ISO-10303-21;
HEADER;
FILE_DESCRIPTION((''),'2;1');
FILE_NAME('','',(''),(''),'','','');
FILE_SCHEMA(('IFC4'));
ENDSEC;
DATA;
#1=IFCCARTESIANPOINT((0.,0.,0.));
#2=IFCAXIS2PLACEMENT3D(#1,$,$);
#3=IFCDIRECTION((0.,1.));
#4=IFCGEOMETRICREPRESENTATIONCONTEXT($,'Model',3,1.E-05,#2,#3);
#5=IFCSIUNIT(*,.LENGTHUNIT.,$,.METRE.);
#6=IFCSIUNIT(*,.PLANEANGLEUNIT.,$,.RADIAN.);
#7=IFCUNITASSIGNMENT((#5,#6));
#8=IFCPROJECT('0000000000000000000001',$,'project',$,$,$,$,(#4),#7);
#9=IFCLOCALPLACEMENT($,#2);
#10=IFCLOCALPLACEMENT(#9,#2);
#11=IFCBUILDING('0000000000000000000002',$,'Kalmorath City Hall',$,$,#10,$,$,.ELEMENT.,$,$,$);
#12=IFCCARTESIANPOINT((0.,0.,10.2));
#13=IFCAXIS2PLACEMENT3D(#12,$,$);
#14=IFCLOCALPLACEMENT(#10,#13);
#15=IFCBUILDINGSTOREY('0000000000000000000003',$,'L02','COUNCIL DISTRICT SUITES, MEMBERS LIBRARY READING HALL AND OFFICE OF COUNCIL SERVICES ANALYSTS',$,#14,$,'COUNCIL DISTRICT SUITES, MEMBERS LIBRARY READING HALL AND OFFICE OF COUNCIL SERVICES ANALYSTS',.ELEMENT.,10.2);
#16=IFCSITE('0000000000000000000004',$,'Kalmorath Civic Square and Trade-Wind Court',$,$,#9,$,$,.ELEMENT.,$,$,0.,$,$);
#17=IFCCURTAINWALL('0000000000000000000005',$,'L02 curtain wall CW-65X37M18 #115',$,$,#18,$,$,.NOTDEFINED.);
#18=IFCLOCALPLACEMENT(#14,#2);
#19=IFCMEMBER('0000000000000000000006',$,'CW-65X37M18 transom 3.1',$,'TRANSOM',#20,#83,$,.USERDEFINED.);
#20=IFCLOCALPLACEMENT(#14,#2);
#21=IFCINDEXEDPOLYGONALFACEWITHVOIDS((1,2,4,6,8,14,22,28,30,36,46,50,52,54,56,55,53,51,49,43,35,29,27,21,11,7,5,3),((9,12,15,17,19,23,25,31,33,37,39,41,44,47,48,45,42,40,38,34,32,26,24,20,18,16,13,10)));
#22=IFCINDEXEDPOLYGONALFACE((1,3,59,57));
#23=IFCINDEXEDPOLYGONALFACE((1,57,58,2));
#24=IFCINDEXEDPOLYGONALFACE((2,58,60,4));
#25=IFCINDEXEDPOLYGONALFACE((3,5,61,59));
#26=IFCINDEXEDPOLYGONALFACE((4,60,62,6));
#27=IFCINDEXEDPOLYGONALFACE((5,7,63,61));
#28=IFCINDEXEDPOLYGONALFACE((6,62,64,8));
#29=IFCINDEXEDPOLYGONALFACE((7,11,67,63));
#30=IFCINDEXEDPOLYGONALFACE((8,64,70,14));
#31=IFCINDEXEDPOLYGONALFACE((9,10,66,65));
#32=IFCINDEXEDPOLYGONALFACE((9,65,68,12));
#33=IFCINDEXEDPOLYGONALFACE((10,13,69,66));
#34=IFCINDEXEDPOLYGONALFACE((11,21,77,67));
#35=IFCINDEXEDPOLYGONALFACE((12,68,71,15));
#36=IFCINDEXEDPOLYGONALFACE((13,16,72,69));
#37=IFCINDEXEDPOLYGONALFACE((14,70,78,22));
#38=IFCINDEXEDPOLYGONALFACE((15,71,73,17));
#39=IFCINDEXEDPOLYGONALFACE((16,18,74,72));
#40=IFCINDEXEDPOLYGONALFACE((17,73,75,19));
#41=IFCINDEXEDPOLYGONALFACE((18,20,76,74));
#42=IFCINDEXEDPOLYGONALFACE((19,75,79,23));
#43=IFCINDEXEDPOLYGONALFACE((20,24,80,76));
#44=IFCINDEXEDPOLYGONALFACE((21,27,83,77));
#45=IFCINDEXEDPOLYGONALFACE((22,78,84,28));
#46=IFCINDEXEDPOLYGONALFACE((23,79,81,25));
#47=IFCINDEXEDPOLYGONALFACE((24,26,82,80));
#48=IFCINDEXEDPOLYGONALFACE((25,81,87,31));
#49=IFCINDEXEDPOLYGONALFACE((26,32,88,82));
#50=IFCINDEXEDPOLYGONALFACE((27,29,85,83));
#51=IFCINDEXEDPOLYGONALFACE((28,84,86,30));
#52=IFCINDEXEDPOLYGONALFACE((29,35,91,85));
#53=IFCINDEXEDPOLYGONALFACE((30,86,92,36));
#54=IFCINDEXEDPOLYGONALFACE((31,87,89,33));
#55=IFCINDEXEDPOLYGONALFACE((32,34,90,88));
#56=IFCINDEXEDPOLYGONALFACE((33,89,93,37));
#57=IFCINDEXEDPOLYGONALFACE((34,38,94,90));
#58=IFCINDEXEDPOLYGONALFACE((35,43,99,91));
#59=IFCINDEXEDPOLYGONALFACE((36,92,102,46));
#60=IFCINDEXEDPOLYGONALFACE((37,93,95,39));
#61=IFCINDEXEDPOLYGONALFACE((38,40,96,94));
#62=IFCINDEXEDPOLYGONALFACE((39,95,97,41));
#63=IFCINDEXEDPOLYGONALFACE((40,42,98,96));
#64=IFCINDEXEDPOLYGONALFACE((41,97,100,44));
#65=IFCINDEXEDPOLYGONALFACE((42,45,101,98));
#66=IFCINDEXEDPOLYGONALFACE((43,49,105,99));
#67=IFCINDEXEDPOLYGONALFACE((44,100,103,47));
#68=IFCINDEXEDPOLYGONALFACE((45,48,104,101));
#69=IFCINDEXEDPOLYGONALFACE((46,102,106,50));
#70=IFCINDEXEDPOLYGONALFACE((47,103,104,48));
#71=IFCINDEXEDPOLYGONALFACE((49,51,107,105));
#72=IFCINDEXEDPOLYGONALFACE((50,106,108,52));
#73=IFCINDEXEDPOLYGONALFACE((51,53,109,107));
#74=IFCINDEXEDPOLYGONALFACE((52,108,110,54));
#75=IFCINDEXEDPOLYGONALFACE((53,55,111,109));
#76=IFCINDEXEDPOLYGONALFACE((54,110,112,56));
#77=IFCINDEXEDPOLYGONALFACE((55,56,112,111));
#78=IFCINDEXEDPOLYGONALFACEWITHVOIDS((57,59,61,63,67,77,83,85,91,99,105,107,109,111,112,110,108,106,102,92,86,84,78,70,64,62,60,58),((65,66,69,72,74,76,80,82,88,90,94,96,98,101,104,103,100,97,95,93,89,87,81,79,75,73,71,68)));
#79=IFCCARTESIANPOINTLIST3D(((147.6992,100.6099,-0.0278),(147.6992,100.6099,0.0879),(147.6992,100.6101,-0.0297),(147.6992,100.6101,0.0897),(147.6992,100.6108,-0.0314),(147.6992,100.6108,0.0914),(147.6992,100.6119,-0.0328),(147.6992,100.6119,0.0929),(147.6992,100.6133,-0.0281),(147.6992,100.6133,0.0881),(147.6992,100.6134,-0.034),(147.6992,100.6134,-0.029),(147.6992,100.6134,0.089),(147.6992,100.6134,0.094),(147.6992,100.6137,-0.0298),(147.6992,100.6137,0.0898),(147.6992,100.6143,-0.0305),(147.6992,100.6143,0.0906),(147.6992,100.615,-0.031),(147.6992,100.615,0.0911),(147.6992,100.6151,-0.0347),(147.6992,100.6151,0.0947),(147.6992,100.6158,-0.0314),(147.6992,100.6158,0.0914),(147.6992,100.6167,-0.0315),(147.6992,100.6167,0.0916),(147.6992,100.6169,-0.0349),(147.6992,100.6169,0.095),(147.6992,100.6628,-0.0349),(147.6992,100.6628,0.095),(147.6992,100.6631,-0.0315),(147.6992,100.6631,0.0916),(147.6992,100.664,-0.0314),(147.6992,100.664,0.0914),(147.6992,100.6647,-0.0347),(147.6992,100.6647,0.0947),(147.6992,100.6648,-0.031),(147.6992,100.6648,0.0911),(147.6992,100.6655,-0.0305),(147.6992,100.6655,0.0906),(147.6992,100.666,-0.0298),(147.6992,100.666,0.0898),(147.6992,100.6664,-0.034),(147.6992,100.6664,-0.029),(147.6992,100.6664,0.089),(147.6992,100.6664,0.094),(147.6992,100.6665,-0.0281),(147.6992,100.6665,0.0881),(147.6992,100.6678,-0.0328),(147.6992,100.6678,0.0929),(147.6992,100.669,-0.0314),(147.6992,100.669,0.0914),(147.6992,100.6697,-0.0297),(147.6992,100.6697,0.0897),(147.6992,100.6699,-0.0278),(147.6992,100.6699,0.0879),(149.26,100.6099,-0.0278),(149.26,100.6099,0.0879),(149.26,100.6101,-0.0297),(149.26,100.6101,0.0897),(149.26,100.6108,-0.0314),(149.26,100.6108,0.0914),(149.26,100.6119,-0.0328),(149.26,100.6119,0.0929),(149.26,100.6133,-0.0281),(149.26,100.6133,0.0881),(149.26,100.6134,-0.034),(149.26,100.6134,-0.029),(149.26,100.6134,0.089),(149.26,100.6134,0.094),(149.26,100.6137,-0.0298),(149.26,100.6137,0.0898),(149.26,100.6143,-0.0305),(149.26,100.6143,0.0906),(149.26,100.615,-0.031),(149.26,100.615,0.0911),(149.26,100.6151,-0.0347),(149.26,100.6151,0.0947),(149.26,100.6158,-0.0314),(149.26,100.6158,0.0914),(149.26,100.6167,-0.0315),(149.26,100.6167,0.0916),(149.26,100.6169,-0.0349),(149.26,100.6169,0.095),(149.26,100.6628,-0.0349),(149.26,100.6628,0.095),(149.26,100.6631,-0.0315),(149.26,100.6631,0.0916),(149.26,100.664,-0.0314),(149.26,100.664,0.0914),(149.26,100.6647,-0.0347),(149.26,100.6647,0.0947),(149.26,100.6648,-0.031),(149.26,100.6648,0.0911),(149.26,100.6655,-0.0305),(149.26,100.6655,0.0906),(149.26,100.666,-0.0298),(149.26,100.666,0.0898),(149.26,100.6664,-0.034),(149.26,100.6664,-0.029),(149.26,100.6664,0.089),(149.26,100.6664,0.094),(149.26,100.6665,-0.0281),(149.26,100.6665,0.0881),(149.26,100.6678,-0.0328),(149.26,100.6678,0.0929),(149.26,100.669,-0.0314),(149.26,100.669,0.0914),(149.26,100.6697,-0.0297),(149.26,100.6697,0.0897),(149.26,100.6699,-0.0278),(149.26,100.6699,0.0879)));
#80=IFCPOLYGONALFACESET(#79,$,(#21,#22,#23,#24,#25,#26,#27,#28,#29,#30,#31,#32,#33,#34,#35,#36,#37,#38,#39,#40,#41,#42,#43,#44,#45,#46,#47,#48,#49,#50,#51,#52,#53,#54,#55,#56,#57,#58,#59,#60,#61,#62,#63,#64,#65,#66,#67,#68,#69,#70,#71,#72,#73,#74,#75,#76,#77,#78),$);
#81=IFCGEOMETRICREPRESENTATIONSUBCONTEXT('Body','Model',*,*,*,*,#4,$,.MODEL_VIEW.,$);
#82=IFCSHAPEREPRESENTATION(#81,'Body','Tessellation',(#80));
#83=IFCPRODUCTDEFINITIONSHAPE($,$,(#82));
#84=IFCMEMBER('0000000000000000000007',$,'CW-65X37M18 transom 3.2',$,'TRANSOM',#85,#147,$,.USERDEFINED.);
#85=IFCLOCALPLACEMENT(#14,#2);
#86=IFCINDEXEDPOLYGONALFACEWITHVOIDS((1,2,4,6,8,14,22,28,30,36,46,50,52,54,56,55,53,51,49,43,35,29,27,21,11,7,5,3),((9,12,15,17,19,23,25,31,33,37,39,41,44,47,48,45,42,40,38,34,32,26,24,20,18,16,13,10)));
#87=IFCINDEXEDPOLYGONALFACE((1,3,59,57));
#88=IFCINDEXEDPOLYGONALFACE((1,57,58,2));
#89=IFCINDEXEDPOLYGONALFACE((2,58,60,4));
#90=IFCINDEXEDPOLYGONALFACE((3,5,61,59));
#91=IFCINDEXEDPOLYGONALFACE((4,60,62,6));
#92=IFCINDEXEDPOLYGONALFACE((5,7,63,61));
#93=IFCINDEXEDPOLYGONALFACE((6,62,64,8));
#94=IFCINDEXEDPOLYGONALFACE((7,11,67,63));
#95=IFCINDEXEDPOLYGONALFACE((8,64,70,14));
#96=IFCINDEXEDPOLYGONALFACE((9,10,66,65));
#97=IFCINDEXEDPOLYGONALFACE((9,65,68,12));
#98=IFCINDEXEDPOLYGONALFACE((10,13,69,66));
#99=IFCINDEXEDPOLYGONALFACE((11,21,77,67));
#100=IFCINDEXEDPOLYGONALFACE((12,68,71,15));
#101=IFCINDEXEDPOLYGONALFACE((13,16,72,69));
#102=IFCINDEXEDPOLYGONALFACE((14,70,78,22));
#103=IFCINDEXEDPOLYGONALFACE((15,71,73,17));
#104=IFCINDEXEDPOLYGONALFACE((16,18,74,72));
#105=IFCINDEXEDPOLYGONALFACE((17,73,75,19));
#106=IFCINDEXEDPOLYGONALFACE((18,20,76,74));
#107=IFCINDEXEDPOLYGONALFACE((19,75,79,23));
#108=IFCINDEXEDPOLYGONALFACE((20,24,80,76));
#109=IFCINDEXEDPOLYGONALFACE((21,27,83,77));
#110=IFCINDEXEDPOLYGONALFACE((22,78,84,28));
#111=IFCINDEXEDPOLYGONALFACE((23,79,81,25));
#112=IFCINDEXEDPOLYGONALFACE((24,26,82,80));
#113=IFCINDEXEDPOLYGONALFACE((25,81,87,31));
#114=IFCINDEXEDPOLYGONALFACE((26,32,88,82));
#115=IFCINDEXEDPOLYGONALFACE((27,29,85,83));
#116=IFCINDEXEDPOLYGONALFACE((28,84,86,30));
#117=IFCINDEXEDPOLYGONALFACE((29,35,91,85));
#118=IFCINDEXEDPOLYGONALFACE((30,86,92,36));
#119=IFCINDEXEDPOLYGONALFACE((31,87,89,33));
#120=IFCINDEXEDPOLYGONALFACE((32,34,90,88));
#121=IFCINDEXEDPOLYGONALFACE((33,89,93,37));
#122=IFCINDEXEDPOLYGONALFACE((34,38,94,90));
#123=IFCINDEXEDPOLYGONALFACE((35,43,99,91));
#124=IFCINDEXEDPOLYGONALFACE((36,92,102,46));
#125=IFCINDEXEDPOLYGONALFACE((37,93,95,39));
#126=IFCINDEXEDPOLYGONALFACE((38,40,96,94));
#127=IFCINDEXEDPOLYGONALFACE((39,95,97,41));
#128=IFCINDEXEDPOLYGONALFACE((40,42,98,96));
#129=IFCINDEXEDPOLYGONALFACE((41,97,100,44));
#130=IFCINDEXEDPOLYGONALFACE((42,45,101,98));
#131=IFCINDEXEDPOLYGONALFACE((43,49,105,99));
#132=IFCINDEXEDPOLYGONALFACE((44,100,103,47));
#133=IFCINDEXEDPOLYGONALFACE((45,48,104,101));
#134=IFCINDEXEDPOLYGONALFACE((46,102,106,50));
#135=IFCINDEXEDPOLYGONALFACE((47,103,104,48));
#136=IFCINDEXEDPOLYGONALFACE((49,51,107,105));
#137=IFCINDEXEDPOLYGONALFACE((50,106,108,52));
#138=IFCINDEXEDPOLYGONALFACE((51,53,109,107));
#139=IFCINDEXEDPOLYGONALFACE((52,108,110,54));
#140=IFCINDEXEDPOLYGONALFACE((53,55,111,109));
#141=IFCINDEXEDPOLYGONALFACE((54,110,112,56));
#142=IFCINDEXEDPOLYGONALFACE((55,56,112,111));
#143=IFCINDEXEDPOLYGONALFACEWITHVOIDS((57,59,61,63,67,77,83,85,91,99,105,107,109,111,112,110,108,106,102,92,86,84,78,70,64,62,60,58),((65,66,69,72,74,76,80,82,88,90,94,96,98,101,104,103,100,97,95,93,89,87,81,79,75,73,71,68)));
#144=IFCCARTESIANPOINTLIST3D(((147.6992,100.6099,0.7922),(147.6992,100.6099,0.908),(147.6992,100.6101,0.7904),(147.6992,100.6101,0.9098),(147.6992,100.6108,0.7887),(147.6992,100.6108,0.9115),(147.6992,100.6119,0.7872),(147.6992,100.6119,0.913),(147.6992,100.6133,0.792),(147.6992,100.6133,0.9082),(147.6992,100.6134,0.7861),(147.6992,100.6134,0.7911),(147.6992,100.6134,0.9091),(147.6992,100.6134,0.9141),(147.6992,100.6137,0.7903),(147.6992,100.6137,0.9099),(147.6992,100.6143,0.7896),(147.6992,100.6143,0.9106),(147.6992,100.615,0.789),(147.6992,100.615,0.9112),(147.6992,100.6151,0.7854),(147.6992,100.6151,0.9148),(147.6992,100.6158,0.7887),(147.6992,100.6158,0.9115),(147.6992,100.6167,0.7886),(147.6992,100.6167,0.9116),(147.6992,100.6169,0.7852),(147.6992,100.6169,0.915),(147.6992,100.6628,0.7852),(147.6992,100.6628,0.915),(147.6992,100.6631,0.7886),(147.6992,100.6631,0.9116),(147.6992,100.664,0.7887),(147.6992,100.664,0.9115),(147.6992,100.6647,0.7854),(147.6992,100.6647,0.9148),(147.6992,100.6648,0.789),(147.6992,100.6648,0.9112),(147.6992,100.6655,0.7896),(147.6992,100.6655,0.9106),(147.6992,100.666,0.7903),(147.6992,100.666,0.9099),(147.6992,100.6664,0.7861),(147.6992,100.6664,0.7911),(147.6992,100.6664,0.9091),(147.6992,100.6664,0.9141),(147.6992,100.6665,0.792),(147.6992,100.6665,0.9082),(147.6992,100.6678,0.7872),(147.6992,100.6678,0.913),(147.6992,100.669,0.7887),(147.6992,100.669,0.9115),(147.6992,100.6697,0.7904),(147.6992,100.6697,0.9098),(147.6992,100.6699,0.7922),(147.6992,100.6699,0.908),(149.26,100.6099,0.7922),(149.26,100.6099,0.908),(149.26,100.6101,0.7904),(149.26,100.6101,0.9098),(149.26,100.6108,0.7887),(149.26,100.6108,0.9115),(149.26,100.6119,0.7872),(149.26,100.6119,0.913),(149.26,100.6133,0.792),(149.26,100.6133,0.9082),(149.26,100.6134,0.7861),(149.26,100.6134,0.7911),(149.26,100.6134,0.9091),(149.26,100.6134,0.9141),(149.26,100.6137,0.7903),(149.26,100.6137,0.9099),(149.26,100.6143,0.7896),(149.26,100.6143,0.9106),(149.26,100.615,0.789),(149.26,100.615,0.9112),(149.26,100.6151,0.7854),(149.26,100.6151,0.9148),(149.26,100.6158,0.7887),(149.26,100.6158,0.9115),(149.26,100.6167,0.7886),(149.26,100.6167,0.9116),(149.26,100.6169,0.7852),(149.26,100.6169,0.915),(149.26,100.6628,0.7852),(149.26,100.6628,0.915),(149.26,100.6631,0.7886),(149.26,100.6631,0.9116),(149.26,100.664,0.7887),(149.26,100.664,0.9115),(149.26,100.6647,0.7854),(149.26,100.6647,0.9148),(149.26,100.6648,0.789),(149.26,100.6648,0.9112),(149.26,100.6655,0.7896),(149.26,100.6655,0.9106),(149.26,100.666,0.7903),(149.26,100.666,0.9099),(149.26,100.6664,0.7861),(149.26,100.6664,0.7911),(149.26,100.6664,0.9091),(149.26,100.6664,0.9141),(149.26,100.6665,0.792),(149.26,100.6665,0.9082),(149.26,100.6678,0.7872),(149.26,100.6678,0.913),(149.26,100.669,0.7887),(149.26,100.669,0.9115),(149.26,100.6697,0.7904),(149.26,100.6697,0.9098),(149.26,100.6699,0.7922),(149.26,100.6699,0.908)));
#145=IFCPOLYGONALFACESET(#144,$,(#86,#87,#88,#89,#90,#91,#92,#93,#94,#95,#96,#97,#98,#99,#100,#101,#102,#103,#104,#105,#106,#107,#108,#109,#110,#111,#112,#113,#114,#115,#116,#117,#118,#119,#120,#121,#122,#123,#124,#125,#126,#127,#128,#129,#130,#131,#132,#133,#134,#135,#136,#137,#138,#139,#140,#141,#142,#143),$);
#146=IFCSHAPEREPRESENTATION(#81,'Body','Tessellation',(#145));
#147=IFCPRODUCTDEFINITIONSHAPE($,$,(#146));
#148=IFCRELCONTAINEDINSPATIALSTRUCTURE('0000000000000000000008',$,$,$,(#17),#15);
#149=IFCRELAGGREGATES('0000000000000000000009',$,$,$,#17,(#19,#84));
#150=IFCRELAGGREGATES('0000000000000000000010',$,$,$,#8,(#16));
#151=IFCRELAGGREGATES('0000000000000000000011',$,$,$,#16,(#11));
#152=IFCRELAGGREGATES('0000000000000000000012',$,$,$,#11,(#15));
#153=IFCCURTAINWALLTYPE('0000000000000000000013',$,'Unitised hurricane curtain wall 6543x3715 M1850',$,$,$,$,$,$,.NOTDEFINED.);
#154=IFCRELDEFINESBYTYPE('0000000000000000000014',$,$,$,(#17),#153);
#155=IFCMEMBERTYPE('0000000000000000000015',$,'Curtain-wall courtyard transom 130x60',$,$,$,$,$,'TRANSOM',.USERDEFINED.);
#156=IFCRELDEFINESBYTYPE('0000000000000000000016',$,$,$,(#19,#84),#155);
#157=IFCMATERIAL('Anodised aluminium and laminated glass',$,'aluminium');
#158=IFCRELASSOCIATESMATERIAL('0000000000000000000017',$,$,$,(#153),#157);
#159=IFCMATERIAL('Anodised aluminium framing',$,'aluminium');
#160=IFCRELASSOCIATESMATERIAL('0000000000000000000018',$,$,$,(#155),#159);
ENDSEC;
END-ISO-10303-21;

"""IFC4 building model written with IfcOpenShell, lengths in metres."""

from ifc_helpers import new_model, si_unit, direction, frame, origin, origin_2d, place, context, subcontext, project, spatial, hollow_rectangle, extrude, material, material_profile, profile_set, type_object, element, aggregate, save


model = new_model("IFC4")

# Units and contexts
model_context = context("Model", 3, precision=1e-05, world=origin(), true_north=direction((0.0, 1.0)))
body_context = subcontext(model_context, "Body", "Model", "MODEL_VIEW")
ifc_project = project(units=[si_unit("LENGTHUNIT", "METRE"), si_unit("PLANEANGLEUNIT", "RADIAN")], contexts=[model_context])

# Site, building, storey
site_placement = place(None, origin())
site = spatial("IfcSite", under=ifc_project, at=site_placement, Name="Kalmorath Civic Square and Trade-Wind Court", CompositionType="ELEMENT", RefElevation=0.0)
building_placement = place(site_placement, origin())
building = spatial("IfcBuilding", under=site, at=building_placement, Name="Kalmorath City Hall", CompositionType="ELEMENT")
storey_placement = place(building_placement, frame((0.0, 0.0, 10.2)))
storey = spatial("IfcBuildingStorey", under=building, at=storey_placement, Name="L02", Description="COUNCIL DISTRICT SUITES, MEMBERS LIBRARY READING HALL AND OFFICE OF COUNCIL SERVICES ANALYSTS", LongName="COUNCIL DISTRICT SUITES, MEMBERS LIBRARY READING HALL AND OFFICE OF COUNCIL SERVICES ANALYSTS", CompositionType="ELEMENT", Elevation=10.2)

# Curtain wall, members
ifc_material_1 = material(Name="Anodised aluminium and laminated glass", Category="aluminium")
curtain_wall_type = type_object("IfcCurtainWallType", Name="Unitised hurricane curtain wall 6543x3715 M1850", PredefinedType="NOTDEFINED", material=ifc_material_1)
curtain_wall_placement = place(storey_placement, origin())
curtain_wall = element("IfcCurtainWall", 1, at=curtain_wall_placement, inside=storey, type_object=curtain_wall_type, Name="L02 curtain wall CW-65X37M18 #115", PredefinedType="NOTDEFINED")
ifc_material_2 = material(Name="Anodised aluminium framing", Category="aluminium")
ifc_material_profile_1 = material_profile(ifc_material_2, hollow_rectangle(XDim=0.0601, YDim=0.1299, WallThickness=0.0034, InnerFilletRadius=0.0034, OuterFilletRadius=0.0071, at=origin_2d()), Name="ALU-TRN-130X60X3.5")
ifc_profile_set_1 = profile_set([ifc_material_profile_1], Name="Anodised aluminium framing")
member_type_1 = type_object("IfcMemberType", Name="Curtain-wall courtyard transom 130x60", ElementType="TRANSOM", PredefinedType="USERDEFINED", material=ifc_profile_set_1)
member_1_placement = place(storey_placement, frame((147.6992, 100.6399, 0.03), z_axis=(1.0, 0.0, 0.0), x_axis=(0.0, 1.0, 0.0)))
member_1 = element("IfcMember", 2, at=member_1_placement, type_object=member_type_1, Name="CW-65X37M18 transom 3.1", ObjectType="TRANSOM", PredefinedType="USERDEFINED", context=body_context, shape_type="SweptSolid", body=[
    extrude(hollow_rectangle(XDim=0.0601, YDim=0.1299, WallThickness=0.0034, InnerFilletRadius=0.0034, OuterFilletRadius=0.0071, at=origin_2d()), origin(), (0.0, 0.0, 1.0), 1.5608),
])
member_2_placement = place(storey_placement, frame((147.6992, 100.6399, 0.8501), z_axis=(1.0, 0.0, 0.0), x_axis=(0.0, 1.0, 0.0)))
member_2 = element("IfcMember", 3, at=member_2_placement, type_object=member_type_1, Name="CW-65X37M18 transom 3.2", ObjectType="TRANSOM", PredefinedType="USERDEFINED", context=body_context, shape_type="SweptSolid", body=[
    extrude(hollow_rectangle(XDim=0.0601, YDim=0.1299, WallThickness=0.0034, InnerFilletRadius=0.0034, OuterFilletRadius=0.0071, at=origin_2d()), origin(), (0.0, 0.0, 1.0), 1.5608),
])
aggregate(curtain_wall, [member_1, member_2])

save(model, "model.ifc")
